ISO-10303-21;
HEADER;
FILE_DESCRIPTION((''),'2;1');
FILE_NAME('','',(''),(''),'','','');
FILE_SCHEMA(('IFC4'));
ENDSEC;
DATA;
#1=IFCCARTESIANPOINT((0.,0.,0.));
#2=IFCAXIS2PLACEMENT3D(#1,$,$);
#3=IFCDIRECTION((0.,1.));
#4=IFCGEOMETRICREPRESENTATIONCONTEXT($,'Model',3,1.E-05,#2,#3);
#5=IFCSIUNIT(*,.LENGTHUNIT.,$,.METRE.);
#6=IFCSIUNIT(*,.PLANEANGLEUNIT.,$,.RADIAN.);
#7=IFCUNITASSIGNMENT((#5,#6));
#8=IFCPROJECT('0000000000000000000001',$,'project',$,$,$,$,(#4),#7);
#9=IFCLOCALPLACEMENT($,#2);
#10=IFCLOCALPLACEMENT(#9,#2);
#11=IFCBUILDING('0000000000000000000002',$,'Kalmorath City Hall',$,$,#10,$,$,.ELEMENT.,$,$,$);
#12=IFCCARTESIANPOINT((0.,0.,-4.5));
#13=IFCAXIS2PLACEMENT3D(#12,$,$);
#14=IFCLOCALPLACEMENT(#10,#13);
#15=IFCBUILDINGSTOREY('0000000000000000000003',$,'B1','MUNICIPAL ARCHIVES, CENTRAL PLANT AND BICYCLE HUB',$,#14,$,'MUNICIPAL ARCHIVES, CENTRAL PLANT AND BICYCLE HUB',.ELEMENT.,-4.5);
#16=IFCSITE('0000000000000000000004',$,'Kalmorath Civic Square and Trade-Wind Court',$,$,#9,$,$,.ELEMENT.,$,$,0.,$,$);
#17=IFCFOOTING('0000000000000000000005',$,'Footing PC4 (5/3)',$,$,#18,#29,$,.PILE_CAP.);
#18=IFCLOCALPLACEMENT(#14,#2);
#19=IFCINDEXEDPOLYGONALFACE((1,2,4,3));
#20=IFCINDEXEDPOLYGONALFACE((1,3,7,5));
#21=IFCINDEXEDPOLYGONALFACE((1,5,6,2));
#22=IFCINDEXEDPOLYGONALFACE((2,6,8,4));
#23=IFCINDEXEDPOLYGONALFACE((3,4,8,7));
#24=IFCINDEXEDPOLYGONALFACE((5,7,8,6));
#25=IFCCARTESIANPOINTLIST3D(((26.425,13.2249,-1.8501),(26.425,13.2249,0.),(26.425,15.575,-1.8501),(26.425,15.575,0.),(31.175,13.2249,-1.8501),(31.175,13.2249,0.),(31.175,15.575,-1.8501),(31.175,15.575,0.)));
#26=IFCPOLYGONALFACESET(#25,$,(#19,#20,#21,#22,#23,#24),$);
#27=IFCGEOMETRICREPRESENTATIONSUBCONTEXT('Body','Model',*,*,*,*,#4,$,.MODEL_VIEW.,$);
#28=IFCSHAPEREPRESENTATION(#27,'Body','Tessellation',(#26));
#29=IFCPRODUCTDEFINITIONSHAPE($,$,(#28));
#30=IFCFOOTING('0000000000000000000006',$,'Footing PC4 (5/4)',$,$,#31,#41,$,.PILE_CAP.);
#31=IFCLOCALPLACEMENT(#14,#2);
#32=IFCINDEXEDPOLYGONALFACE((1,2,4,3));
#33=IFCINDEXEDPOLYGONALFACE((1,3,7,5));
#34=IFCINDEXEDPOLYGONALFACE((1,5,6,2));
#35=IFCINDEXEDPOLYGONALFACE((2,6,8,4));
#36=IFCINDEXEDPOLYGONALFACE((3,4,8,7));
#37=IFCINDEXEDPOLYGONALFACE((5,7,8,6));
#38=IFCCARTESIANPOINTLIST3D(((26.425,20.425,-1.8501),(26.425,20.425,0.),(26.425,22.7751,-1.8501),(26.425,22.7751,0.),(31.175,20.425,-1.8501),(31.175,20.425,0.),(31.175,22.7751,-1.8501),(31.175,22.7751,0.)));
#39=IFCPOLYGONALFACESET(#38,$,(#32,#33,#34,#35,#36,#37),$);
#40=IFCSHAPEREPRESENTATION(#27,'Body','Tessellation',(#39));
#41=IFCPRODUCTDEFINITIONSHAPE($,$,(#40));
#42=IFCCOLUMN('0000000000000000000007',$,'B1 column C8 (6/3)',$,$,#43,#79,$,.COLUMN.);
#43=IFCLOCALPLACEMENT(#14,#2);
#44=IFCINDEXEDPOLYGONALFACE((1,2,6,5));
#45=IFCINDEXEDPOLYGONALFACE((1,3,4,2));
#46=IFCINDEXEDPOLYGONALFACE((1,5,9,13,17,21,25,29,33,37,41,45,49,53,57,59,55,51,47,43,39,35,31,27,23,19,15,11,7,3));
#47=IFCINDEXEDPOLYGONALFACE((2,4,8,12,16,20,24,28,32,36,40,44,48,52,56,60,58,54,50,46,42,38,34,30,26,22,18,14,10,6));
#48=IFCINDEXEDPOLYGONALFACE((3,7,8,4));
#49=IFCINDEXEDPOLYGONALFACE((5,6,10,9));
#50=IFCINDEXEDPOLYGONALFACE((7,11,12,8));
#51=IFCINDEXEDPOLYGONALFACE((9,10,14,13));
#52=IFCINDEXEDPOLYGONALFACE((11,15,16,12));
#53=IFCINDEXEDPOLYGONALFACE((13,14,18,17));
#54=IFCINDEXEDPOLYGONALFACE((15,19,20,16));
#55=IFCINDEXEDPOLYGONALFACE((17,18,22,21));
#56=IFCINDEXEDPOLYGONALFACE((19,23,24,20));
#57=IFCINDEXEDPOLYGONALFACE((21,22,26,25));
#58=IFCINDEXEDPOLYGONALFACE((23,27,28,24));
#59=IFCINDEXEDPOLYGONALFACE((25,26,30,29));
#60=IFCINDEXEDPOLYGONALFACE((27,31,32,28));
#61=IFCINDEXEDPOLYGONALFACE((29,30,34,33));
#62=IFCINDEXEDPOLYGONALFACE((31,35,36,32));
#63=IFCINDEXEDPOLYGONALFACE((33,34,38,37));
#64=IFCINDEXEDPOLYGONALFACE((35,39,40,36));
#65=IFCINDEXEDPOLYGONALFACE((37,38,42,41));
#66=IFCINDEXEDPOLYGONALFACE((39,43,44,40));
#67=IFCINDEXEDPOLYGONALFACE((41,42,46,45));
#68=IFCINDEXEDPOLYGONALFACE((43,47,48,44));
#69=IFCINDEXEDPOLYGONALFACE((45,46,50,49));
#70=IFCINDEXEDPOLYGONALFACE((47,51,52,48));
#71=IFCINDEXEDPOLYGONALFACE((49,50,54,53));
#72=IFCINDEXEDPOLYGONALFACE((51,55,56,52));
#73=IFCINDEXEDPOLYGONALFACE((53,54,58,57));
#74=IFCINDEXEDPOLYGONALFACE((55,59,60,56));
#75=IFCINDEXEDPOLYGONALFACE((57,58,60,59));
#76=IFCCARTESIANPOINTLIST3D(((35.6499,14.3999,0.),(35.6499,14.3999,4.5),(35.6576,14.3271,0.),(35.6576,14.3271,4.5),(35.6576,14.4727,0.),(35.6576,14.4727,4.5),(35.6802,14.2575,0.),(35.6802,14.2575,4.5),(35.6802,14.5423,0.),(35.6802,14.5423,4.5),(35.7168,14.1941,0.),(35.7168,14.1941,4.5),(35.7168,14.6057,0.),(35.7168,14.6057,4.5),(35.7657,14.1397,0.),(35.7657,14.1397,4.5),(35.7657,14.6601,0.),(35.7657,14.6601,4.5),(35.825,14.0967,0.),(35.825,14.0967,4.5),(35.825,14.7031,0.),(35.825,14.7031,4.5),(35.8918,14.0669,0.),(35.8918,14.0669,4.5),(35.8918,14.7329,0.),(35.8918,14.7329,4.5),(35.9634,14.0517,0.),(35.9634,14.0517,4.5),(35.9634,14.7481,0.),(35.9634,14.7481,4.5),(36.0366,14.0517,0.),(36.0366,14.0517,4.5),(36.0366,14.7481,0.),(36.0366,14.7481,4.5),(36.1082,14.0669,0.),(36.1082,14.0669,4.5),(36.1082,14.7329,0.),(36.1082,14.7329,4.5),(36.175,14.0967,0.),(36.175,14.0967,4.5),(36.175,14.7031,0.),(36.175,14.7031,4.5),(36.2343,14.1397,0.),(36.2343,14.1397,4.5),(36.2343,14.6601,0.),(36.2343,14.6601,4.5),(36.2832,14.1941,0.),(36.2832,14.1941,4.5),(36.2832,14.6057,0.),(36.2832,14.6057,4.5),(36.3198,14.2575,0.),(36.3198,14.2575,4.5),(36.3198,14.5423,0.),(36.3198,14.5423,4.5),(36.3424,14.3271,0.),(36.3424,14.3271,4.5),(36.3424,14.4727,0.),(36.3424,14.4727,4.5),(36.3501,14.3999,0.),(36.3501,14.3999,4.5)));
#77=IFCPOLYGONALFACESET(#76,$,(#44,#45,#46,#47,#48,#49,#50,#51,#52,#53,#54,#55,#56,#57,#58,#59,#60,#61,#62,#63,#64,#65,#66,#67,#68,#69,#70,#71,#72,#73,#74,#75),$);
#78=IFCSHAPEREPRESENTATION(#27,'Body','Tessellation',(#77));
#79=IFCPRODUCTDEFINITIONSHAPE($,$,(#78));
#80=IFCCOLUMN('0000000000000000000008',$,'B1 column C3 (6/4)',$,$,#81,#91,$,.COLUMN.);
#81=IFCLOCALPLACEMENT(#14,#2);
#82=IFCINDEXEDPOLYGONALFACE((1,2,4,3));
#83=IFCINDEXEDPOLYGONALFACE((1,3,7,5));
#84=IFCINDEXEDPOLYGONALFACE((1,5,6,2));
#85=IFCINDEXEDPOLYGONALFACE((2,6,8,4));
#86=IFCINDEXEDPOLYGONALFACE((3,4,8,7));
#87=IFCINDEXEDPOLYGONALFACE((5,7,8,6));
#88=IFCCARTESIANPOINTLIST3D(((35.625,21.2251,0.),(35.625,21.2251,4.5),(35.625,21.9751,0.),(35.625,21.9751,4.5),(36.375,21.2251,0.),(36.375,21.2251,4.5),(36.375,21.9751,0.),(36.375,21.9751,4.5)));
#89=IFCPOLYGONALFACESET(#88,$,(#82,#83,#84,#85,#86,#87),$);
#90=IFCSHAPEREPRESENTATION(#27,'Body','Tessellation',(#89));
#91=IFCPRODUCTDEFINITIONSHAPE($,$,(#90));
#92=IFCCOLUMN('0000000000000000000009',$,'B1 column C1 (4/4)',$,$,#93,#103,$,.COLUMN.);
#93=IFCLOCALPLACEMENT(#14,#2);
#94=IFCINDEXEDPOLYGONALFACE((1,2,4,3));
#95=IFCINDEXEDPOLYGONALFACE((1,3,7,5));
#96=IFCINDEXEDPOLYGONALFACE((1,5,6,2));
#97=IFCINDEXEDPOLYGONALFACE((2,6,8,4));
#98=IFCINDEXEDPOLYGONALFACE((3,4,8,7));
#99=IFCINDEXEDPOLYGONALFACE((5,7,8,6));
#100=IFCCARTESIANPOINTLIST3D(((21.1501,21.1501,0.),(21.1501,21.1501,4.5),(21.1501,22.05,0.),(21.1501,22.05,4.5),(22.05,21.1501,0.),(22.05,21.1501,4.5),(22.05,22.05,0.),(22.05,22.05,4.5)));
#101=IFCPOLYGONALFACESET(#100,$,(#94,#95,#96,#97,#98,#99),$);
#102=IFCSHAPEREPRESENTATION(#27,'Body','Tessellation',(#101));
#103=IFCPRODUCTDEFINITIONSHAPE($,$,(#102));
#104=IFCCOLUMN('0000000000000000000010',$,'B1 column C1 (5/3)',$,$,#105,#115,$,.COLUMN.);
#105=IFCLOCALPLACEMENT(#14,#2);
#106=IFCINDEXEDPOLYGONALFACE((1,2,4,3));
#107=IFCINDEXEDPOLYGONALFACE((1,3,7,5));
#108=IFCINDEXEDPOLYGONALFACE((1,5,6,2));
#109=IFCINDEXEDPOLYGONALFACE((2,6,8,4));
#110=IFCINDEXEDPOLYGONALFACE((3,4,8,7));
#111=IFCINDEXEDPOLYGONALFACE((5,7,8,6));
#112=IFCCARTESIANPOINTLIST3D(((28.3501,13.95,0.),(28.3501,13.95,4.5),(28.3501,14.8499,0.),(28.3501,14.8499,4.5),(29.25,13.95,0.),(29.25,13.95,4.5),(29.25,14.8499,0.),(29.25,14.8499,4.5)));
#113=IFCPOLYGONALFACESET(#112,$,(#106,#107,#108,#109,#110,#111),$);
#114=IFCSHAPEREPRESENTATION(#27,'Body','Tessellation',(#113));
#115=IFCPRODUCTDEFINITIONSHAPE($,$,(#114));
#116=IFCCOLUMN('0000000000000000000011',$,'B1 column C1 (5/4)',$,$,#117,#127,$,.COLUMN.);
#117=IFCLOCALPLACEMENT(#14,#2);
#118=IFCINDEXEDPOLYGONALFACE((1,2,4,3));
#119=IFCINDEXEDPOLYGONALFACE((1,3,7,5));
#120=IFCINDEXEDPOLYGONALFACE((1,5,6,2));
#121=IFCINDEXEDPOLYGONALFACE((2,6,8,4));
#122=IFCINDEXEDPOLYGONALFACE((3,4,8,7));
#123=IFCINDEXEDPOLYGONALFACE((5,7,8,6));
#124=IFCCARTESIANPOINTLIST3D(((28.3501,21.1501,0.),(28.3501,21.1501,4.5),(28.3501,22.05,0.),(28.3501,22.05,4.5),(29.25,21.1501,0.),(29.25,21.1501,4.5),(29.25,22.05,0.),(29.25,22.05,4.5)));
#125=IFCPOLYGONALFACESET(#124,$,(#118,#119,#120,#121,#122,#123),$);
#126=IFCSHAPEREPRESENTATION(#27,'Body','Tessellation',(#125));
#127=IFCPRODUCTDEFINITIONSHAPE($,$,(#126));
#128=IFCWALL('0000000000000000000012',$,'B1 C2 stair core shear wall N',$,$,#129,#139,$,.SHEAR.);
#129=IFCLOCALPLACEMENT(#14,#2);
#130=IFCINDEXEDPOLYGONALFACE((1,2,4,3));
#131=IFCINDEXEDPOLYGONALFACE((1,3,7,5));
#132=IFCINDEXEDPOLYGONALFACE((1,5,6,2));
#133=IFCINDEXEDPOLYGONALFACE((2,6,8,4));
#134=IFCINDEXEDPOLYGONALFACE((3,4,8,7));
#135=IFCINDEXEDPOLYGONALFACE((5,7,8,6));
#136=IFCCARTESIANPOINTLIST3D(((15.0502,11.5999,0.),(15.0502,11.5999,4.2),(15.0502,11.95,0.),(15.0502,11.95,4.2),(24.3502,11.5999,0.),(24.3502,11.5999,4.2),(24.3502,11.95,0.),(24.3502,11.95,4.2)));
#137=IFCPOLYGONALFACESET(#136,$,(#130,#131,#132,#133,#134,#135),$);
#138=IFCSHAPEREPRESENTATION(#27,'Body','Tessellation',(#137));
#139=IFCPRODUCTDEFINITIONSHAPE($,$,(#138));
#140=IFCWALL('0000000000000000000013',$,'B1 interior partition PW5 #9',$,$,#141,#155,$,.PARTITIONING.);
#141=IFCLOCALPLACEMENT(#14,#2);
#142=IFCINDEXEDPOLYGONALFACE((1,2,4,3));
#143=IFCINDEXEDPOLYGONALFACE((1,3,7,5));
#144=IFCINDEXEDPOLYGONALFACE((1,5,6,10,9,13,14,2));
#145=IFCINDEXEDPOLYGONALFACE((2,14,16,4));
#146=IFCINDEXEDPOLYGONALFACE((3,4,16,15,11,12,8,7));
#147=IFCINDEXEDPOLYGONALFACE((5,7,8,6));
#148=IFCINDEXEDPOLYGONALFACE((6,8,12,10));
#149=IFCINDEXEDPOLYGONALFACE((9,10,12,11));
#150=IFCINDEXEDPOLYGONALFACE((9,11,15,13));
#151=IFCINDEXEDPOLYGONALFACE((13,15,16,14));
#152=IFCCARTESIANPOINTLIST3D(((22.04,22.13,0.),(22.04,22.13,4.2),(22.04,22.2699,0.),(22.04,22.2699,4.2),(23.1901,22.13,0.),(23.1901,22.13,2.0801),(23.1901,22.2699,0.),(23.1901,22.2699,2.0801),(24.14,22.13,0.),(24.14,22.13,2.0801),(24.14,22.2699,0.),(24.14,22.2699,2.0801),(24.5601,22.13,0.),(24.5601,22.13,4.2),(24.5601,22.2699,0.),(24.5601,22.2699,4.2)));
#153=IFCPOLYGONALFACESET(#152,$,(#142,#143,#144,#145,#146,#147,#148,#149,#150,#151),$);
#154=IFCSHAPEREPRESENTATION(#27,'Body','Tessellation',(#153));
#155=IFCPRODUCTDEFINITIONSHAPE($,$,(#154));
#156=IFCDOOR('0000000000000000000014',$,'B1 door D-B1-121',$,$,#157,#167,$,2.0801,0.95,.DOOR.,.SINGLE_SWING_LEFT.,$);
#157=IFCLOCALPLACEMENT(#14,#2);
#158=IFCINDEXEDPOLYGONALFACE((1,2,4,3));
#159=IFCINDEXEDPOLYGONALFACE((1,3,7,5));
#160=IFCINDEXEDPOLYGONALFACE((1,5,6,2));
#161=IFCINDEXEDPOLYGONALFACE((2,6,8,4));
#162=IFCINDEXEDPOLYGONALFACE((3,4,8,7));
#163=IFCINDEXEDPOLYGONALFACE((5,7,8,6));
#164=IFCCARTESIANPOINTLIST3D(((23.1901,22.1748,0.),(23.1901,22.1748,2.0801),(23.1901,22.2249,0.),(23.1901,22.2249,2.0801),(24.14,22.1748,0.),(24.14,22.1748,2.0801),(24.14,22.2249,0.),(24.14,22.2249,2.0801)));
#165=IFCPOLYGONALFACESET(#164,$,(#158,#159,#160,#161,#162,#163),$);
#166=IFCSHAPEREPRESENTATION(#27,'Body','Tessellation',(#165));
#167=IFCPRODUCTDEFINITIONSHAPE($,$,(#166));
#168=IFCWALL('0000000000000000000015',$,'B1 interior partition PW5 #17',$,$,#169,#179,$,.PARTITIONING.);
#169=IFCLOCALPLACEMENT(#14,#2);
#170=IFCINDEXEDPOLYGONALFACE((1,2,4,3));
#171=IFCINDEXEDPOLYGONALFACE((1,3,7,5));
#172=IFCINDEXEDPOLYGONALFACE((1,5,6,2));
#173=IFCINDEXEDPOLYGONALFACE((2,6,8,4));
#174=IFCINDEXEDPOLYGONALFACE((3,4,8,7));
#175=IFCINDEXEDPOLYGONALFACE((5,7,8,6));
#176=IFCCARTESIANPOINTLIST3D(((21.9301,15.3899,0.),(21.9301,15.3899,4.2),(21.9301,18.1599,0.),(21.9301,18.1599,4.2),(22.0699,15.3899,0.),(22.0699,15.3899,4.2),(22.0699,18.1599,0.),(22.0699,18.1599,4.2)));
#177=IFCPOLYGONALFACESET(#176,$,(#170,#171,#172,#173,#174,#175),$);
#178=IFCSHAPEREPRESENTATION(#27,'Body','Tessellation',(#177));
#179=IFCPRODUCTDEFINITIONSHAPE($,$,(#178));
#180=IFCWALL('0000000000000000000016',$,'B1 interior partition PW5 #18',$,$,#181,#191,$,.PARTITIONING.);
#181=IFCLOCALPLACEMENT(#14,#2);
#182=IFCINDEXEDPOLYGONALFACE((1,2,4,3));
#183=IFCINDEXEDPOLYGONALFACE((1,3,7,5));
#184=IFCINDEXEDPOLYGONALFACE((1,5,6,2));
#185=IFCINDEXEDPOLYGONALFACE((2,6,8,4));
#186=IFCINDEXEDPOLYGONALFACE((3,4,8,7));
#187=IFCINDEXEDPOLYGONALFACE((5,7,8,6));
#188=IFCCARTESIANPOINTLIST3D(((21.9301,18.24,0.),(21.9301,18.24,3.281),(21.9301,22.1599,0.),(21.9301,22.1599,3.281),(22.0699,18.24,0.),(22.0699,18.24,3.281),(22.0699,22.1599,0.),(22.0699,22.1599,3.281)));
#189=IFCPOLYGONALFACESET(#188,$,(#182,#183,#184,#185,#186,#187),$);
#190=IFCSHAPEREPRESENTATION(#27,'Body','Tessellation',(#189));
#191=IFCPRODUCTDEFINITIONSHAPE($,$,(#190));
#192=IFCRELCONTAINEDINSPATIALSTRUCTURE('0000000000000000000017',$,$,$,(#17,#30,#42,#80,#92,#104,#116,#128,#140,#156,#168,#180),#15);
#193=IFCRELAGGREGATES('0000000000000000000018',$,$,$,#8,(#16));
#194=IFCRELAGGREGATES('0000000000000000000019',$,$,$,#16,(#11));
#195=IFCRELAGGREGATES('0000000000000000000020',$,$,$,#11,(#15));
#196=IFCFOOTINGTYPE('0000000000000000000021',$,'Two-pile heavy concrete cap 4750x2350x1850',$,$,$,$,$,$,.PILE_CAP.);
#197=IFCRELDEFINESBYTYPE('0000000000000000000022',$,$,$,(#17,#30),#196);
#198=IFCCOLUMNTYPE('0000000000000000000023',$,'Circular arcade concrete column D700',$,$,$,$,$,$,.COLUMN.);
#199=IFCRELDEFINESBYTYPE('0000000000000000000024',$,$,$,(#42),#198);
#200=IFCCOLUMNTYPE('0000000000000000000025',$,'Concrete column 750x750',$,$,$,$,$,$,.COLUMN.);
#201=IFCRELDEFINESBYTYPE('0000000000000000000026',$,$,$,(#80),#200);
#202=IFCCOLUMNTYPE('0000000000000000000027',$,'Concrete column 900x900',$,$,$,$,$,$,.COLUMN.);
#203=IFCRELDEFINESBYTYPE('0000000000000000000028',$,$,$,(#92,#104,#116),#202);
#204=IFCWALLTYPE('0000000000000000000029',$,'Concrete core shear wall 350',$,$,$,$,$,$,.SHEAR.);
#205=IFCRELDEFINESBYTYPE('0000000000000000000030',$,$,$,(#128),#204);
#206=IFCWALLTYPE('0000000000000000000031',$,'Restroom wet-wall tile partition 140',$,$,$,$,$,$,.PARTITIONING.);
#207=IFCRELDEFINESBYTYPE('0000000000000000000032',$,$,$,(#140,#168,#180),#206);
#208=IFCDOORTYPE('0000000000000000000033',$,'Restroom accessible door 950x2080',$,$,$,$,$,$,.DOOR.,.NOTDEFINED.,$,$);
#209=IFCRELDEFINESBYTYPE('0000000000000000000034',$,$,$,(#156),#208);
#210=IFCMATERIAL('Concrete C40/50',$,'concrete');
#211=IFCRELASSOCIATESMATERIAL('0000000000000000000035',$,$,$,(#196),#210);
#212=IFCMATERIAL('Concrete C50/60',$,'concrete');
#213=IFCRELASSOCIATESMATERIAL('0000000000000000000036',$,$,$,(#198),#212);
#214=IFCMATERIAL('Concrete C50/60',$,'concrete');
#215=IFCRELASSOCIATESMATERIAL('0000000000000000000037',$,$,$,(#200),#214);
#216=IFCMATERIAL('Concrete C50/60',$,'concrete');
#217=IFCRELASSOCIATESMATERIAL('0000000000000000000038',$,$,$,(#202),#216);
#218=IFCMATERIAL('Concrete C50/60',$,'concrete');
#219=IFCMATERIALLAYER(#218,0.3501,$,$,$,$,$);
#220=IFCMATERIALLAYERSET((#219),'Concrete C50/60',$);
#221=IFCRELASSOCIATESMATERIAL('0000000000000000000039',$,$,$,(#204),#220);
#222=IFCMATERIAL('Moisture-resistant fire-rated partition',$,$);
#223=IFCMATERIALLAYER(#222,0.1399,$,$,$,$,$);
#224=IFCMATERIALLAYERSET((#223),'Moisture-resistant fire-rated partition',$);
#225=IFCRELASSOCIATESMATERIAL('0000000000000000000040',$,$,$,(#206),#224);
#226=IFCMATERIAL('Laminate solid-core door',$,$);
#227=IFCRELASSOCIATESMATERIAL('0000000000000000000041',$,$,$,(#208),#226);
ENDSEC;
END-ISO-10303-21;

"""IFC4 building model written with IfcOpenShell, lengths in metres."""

from ifc_helpers import new_model, si_unit, direction, frame, frame_2d, origin, origin_2d, place, context, subcontext, project, spatial, rectangle, circle, extrude, material, layer, layer_set, material_profile, profile_set, type_object, element, fill, save


model = new_model("IFC4")

# Units and contexts
model_context = context("Model", 3, precision=1e-05, world=origin(), true_north=direction((0.0, 1.0)))
body_context = subcontext(model_context, "Body", "Model", "MODEL_VIEW")
ifc_project = project(units=[si_unit("LENGTHUNIT", "METRE"), si_unit("PLANEANGLEUNIT", "RADIAN")], contexts=[model_context])

# Site, building, storey
site_placement = place(None, origin())
site = spatial("IfcSite", under=ifc_project, at=site_placement, Name="Kalmorath Civic Square and Trade-Wind Court", CompositionType="ELEMENT", RefElevation=0.0)
building_placement = place(site_placement, origin())
building = spatial("IfcBuilding", under=site, at=building_placement, Name="Kalmorath City Hall", CompositionType="ELEMENT")
storey_placement = place(building_placement, frame((0.0, 0.0, -4.5)))
storey = spatial("IfcBuildingStorey", under=building, at=storey_placement, Name="B1", Description="MUNICIPAL ARCHIVES, CENTRAL PLANT AND BICYCLE HUB", LongName="MUNICIPAL ARCHIVES, CENTRAL PLANT AND BICYCLE HUB", CompositionType="ELEMENT", Elevation=-4.5)

# Footings
ifc_material_1 = material(Name="Concrete C40/50", Category="concrete")
footing_type_1 = type_object("IfcFootingType", Name="Two-pile heavy concrete cap 4750x2350x1850", PredefinedType="PILE_CAP", material=ifc_material_1)
for number, where, z_axis, x_axis, name in (
    (1, (28.8, 14.3999, -1.8501), (0.0, 0.0, 1.0), (1.0, 0.0, 0.0), "Footing PC4 (5/3)"),
    (2, (28.8, 21.6001, -1.8501), (0.0, 0.0, 1.0), (1.0, 0.0, 0.0), "Footing PC4 (5/4)"),
):
    element("IfcFooting", number, at=place(storey_placement, frame(where, z_axis=z_axis, x_axis=x_axis)), inside=storey, type_object=footing_type_1, Name=name, PredefinedType="PILE_CAP", context=body_context, shape_type="SweptSolid", body=[
        extrude(rectangle(XDim=4.75, YDim=2.3501, at=origin_2d()), origin(), (0.0, 0.0, 1.0), 1.8501),
    ])

# Columns
ifc_material_2 = material(Name="Concrete C50/60", Category="concrete")
ifc_material_profile_1 = material_profile(ifc_material_2, circle(Radius=0.3501, at=origin_2d()), Name="RC-COL-D700")
ifc_profile_set_1 = profile_set([ifc_material_profile_1], Name="Concrete C50/60")
column_type_1 = type_object("IfcColumnType", Name="Circular arcade concrete column D700", PredefinedType="COLUMN", material=ifc_profile_set_1)
column_1_placement = place(storey_placement, frame((36.0, 14.3999, 0.0), z_axis=(0.0, 0.0, 1.0), x_axis=(1.0, 0.0, 0.0)))
element("IfcColumn", 3, at=column_1_placement, inside=storey, type_object=column_type_1, Name="B1 column C8 (6/3)", PredefinedType="COLUMN", context=body_context, shape_type="SweptSolid", body=[
    extrude(circle(Radius=0.3501, at=origin_2d()), origin(), (0.0, 0.0, 1.0), 4.5),
])
ifc_material_3 = material(Name="Concrete C50/60", Category="concrete")
ifc_material_profile_2 = material_profile(ifc_material_3, rectangle(XDim=0.75, YDim=0.75, at=origin_2d()), Name="RC-COL-750X750")
ifc_profile_set_2 = profile_set([ifc_material_profile_2], Name="Concrete C50/60")
column_type_2 = type_object("IfcColumnType", Name="Concrete column 750x750", PredefinedType="COLUMN", material=ifc_profile_set_2)
column_2_placement = place(storey_placement, frame((36.0, 21.6001, 0.0), z_axis=(0.0, 0.0, 1.0), x_axis=(1.0, 0.0, 0.0)))
element("IfcColumn", 4, at=column_2_placement, inside=storey, type_object=column_type_2, Name="B1 column C3 (6/4)", PredefinedType="COLUMN", context=body_context, shape_type="SweptSolid", body=[
    extrude(rectangle(XDim=0.75, YDim=0.75, at=origin_2d()), origin(), (0.0, 0.0, 1.0), 4.5),
])
ifc_material_4 = material(Name="Concrete C50/60", Category="concrete")
ifc_material_profile_3 = material_profile(ifc_material_4, rectangle(XDim=0.8999, YDim=0.8999, at=origin_2d()), Name="RC-COL-900X900")
ifc_profile_set_3 = profile_set([ifc_material_profile_3], Name="Concrete C50/60")
column_type_3 = type_object("IfcColumnType", Name="Concrete column 900x900", PredefinedType="COLUMN", material=ifc_profile_set_3)
for number, where, z_axis, x_axis, name in (
    (5, (21.6001, 21.6001, 0.0), (0.0, 0.0, 1.0), (1.0, 0.0, 0.0), "B1 column C1 (4/4)"),
    (6, (28.8, 14.3999, 0.0), (0.0, 0.0, 1.0), (1.0, 0.0, 0.0), "B1 column C1 (5/3)"),
    (7, (28.8, 21.6001, 0.0), (0.0, 0.0, 1.0), (1.0, 0.0, 0.0), "B1 column C1 (5/4)"),
):
    element("IfcColumn", number, at=place(storey_placement, frame(where, z_axis=z_axis, x_axis=x_axis)), inside=storey, type_object=column_type_3, Name=name, PredefinedType="COLUMN", context=body_context, shape_type="SweptSolid", body=[
        extrude(rectangle(XDim=0.8999, YDim=0.8999, at=origin_2d()), origin(), (0.0, 0.0, 1.0), 4.5),
    ])

# Wall
ifc_material_5 = material(Name="Concrete C50/60", Category="concrete")
ifc_layer_1 = layer(ifc_material_5, 0.3501)
ifc_layer_set_1 = layer_set([ifc_layer_1], Name="Concrete C50/60")
wall_type_1 = type_object("IfcWallType", Name="Concrete core shear wall 350", PredefinedType="SHEAR", material=ifc_layer_set_1)
wall_1_placement = place(storey_placement, frame((24.3501, 11.7749, 0.0), z_axis=(0.0, 0.0, 1.0), x_axis=(-1.0, 0.0, 0.0)))
element("IfcWall", 8, at=wall_1_placement, inside=storey, type_object=wall_type_1, Name="B1 C2 stair core shear wall N", PredefinedType="SHEAR", context=body_context, shape_type="SweptSolid", body=[
    extrude(rectangle(XDim=9.3, YDim=0.3501, at=frame_2d((4.6499, 0.0))), origin(), (0.0, 0.0, 1.0), 4.2),
])

# Wall, opening, door
ifc_material_6 = material(Name="Moisture-resistant fire-rated partition")
ifc_layer_2 = layer(ifc_material_6, 0.1399)
ifc_layer_set_2 = layer_set([ifc_layer_2], Name="Moisture-resistant fire-rated partition")
wall_type_2 = type_object("IfcWallType", Name="Restroom wet-wall tile partition 140", PredefinedType="PARTITIONING", material=ifc_layer_set_2)
wall_2_placement = place(storey_placement, frame((22.04, 22.2, 0.0), z_axis=(0.0, 0.0, 1.0), x_axis=(1.0, 0.0, 0.0)))
wall_2 = element("IfcWall", 9, at=wall_2_placement, inside=storey, type_object=wall_type_2, Name="B1 interior partition PW5 #9", PredefinedType="PARTITIONING", context=body_context, shape_type="SweptSolid", body=[
    extrude(rectangle(XDim=2.52, YDim=0.1399, at=frame_2d((1.26, 0.0))), origin(), (0.0, 0.0, 1.0), 4.2),
])
opening_placement = place(wall_2_placement, frame((1.1499, 0.0, 0.0)))
opening = element("IfcOpeningElement", 10, at=opening_placement, cuts=wall_2, PredefinedType="OPENING", context=body_context, shape_type="SweptSolid", body=[
    extrude(rectangle(XDim=0.95, YDim=2.0801, at=frame_2d((0.4751, 1.04))), frame((0.0, 0.0798, 0.0), z_axis=(0.0, -1.0, 0.0), x_axis=(1.0, 0.0, 0.0)), (0.0, 0.0, 1.0), 0.1599),
])
ifc_material_7 = material(Name="Laminate solid-core door")
door_type = type_object("IfcDoorType", Name="Restroom accessible door 950x2080", OperationType="NOTDEFINED", PredefinedType="DOOR", material=ifc_material_7)
door_placement = place(opening_placement, origin())
door = element("IfcDoor", 11, at=door_placement, inside=storey, type_object=door_type, Name="B1 door D-B1-121", OperationType="SINGLE_SWING_LEFT", OverallHeight=2.0801, OverallWidth=0.95, PredefinedType="DOOR", context=body_context, shape_type="SweptSolid", body=[
    extrude(rectangle(XDim=0.95, YDim=2.0801, at=frame_2d((0.4751, 1.04))), frame((0.0, 0.0249, 0.0), z_axis=(0.0, -1.0, 0.0), x_axis=(1.0, 0.0, 0.0)), (0.0, 0.0, 1.0), 0.05),
])
fill(opening, door)

# Walls
wall_3_placement = place(storey_placement, frame((22.0, 15.3899, 0.0), z_axis=(0.0, 0.0, 1.0), x_axis=(0.0, 1.0, 0.0)))
element("IfcWall", 12, at=wall_3_placement, inside=storey, type_object=wall_type_2, Name="B1 interior partition PW5 #17", PredefinedType="PARTITIONING", context=body_context, shape_type="SweptSolid", body=[
    extrude(rectangle(XDim=2.77, YDim=0.1399, at=frame_2d((1.385, 0.0))), origin(), (0.0, 0.0, 1.0), 4.2),
])
wall_4_placement = place(storey_placement, frame((22.0, 18.24, 0.0), z_axis=(0.0, 0.0, 1.0), x_axis=(0.0, 1.0, 0.0)))
element("IfcWall", 13, at=wall_4_placement, inside=storey, type_object=wall_type_2, Name="B1 interior partition PW5 #18", PredefinedType="PARTITIONING", context=body_context, shape_type="SweptSolid", body=[
    extrude(rectangle(XDim=3.9199, YDim=0.1399, at=frame_2d((1.96, 0.0))), origin(), (0.0, 0.0, 1.0), 3.281),
])

save(model, "model.ifc")
